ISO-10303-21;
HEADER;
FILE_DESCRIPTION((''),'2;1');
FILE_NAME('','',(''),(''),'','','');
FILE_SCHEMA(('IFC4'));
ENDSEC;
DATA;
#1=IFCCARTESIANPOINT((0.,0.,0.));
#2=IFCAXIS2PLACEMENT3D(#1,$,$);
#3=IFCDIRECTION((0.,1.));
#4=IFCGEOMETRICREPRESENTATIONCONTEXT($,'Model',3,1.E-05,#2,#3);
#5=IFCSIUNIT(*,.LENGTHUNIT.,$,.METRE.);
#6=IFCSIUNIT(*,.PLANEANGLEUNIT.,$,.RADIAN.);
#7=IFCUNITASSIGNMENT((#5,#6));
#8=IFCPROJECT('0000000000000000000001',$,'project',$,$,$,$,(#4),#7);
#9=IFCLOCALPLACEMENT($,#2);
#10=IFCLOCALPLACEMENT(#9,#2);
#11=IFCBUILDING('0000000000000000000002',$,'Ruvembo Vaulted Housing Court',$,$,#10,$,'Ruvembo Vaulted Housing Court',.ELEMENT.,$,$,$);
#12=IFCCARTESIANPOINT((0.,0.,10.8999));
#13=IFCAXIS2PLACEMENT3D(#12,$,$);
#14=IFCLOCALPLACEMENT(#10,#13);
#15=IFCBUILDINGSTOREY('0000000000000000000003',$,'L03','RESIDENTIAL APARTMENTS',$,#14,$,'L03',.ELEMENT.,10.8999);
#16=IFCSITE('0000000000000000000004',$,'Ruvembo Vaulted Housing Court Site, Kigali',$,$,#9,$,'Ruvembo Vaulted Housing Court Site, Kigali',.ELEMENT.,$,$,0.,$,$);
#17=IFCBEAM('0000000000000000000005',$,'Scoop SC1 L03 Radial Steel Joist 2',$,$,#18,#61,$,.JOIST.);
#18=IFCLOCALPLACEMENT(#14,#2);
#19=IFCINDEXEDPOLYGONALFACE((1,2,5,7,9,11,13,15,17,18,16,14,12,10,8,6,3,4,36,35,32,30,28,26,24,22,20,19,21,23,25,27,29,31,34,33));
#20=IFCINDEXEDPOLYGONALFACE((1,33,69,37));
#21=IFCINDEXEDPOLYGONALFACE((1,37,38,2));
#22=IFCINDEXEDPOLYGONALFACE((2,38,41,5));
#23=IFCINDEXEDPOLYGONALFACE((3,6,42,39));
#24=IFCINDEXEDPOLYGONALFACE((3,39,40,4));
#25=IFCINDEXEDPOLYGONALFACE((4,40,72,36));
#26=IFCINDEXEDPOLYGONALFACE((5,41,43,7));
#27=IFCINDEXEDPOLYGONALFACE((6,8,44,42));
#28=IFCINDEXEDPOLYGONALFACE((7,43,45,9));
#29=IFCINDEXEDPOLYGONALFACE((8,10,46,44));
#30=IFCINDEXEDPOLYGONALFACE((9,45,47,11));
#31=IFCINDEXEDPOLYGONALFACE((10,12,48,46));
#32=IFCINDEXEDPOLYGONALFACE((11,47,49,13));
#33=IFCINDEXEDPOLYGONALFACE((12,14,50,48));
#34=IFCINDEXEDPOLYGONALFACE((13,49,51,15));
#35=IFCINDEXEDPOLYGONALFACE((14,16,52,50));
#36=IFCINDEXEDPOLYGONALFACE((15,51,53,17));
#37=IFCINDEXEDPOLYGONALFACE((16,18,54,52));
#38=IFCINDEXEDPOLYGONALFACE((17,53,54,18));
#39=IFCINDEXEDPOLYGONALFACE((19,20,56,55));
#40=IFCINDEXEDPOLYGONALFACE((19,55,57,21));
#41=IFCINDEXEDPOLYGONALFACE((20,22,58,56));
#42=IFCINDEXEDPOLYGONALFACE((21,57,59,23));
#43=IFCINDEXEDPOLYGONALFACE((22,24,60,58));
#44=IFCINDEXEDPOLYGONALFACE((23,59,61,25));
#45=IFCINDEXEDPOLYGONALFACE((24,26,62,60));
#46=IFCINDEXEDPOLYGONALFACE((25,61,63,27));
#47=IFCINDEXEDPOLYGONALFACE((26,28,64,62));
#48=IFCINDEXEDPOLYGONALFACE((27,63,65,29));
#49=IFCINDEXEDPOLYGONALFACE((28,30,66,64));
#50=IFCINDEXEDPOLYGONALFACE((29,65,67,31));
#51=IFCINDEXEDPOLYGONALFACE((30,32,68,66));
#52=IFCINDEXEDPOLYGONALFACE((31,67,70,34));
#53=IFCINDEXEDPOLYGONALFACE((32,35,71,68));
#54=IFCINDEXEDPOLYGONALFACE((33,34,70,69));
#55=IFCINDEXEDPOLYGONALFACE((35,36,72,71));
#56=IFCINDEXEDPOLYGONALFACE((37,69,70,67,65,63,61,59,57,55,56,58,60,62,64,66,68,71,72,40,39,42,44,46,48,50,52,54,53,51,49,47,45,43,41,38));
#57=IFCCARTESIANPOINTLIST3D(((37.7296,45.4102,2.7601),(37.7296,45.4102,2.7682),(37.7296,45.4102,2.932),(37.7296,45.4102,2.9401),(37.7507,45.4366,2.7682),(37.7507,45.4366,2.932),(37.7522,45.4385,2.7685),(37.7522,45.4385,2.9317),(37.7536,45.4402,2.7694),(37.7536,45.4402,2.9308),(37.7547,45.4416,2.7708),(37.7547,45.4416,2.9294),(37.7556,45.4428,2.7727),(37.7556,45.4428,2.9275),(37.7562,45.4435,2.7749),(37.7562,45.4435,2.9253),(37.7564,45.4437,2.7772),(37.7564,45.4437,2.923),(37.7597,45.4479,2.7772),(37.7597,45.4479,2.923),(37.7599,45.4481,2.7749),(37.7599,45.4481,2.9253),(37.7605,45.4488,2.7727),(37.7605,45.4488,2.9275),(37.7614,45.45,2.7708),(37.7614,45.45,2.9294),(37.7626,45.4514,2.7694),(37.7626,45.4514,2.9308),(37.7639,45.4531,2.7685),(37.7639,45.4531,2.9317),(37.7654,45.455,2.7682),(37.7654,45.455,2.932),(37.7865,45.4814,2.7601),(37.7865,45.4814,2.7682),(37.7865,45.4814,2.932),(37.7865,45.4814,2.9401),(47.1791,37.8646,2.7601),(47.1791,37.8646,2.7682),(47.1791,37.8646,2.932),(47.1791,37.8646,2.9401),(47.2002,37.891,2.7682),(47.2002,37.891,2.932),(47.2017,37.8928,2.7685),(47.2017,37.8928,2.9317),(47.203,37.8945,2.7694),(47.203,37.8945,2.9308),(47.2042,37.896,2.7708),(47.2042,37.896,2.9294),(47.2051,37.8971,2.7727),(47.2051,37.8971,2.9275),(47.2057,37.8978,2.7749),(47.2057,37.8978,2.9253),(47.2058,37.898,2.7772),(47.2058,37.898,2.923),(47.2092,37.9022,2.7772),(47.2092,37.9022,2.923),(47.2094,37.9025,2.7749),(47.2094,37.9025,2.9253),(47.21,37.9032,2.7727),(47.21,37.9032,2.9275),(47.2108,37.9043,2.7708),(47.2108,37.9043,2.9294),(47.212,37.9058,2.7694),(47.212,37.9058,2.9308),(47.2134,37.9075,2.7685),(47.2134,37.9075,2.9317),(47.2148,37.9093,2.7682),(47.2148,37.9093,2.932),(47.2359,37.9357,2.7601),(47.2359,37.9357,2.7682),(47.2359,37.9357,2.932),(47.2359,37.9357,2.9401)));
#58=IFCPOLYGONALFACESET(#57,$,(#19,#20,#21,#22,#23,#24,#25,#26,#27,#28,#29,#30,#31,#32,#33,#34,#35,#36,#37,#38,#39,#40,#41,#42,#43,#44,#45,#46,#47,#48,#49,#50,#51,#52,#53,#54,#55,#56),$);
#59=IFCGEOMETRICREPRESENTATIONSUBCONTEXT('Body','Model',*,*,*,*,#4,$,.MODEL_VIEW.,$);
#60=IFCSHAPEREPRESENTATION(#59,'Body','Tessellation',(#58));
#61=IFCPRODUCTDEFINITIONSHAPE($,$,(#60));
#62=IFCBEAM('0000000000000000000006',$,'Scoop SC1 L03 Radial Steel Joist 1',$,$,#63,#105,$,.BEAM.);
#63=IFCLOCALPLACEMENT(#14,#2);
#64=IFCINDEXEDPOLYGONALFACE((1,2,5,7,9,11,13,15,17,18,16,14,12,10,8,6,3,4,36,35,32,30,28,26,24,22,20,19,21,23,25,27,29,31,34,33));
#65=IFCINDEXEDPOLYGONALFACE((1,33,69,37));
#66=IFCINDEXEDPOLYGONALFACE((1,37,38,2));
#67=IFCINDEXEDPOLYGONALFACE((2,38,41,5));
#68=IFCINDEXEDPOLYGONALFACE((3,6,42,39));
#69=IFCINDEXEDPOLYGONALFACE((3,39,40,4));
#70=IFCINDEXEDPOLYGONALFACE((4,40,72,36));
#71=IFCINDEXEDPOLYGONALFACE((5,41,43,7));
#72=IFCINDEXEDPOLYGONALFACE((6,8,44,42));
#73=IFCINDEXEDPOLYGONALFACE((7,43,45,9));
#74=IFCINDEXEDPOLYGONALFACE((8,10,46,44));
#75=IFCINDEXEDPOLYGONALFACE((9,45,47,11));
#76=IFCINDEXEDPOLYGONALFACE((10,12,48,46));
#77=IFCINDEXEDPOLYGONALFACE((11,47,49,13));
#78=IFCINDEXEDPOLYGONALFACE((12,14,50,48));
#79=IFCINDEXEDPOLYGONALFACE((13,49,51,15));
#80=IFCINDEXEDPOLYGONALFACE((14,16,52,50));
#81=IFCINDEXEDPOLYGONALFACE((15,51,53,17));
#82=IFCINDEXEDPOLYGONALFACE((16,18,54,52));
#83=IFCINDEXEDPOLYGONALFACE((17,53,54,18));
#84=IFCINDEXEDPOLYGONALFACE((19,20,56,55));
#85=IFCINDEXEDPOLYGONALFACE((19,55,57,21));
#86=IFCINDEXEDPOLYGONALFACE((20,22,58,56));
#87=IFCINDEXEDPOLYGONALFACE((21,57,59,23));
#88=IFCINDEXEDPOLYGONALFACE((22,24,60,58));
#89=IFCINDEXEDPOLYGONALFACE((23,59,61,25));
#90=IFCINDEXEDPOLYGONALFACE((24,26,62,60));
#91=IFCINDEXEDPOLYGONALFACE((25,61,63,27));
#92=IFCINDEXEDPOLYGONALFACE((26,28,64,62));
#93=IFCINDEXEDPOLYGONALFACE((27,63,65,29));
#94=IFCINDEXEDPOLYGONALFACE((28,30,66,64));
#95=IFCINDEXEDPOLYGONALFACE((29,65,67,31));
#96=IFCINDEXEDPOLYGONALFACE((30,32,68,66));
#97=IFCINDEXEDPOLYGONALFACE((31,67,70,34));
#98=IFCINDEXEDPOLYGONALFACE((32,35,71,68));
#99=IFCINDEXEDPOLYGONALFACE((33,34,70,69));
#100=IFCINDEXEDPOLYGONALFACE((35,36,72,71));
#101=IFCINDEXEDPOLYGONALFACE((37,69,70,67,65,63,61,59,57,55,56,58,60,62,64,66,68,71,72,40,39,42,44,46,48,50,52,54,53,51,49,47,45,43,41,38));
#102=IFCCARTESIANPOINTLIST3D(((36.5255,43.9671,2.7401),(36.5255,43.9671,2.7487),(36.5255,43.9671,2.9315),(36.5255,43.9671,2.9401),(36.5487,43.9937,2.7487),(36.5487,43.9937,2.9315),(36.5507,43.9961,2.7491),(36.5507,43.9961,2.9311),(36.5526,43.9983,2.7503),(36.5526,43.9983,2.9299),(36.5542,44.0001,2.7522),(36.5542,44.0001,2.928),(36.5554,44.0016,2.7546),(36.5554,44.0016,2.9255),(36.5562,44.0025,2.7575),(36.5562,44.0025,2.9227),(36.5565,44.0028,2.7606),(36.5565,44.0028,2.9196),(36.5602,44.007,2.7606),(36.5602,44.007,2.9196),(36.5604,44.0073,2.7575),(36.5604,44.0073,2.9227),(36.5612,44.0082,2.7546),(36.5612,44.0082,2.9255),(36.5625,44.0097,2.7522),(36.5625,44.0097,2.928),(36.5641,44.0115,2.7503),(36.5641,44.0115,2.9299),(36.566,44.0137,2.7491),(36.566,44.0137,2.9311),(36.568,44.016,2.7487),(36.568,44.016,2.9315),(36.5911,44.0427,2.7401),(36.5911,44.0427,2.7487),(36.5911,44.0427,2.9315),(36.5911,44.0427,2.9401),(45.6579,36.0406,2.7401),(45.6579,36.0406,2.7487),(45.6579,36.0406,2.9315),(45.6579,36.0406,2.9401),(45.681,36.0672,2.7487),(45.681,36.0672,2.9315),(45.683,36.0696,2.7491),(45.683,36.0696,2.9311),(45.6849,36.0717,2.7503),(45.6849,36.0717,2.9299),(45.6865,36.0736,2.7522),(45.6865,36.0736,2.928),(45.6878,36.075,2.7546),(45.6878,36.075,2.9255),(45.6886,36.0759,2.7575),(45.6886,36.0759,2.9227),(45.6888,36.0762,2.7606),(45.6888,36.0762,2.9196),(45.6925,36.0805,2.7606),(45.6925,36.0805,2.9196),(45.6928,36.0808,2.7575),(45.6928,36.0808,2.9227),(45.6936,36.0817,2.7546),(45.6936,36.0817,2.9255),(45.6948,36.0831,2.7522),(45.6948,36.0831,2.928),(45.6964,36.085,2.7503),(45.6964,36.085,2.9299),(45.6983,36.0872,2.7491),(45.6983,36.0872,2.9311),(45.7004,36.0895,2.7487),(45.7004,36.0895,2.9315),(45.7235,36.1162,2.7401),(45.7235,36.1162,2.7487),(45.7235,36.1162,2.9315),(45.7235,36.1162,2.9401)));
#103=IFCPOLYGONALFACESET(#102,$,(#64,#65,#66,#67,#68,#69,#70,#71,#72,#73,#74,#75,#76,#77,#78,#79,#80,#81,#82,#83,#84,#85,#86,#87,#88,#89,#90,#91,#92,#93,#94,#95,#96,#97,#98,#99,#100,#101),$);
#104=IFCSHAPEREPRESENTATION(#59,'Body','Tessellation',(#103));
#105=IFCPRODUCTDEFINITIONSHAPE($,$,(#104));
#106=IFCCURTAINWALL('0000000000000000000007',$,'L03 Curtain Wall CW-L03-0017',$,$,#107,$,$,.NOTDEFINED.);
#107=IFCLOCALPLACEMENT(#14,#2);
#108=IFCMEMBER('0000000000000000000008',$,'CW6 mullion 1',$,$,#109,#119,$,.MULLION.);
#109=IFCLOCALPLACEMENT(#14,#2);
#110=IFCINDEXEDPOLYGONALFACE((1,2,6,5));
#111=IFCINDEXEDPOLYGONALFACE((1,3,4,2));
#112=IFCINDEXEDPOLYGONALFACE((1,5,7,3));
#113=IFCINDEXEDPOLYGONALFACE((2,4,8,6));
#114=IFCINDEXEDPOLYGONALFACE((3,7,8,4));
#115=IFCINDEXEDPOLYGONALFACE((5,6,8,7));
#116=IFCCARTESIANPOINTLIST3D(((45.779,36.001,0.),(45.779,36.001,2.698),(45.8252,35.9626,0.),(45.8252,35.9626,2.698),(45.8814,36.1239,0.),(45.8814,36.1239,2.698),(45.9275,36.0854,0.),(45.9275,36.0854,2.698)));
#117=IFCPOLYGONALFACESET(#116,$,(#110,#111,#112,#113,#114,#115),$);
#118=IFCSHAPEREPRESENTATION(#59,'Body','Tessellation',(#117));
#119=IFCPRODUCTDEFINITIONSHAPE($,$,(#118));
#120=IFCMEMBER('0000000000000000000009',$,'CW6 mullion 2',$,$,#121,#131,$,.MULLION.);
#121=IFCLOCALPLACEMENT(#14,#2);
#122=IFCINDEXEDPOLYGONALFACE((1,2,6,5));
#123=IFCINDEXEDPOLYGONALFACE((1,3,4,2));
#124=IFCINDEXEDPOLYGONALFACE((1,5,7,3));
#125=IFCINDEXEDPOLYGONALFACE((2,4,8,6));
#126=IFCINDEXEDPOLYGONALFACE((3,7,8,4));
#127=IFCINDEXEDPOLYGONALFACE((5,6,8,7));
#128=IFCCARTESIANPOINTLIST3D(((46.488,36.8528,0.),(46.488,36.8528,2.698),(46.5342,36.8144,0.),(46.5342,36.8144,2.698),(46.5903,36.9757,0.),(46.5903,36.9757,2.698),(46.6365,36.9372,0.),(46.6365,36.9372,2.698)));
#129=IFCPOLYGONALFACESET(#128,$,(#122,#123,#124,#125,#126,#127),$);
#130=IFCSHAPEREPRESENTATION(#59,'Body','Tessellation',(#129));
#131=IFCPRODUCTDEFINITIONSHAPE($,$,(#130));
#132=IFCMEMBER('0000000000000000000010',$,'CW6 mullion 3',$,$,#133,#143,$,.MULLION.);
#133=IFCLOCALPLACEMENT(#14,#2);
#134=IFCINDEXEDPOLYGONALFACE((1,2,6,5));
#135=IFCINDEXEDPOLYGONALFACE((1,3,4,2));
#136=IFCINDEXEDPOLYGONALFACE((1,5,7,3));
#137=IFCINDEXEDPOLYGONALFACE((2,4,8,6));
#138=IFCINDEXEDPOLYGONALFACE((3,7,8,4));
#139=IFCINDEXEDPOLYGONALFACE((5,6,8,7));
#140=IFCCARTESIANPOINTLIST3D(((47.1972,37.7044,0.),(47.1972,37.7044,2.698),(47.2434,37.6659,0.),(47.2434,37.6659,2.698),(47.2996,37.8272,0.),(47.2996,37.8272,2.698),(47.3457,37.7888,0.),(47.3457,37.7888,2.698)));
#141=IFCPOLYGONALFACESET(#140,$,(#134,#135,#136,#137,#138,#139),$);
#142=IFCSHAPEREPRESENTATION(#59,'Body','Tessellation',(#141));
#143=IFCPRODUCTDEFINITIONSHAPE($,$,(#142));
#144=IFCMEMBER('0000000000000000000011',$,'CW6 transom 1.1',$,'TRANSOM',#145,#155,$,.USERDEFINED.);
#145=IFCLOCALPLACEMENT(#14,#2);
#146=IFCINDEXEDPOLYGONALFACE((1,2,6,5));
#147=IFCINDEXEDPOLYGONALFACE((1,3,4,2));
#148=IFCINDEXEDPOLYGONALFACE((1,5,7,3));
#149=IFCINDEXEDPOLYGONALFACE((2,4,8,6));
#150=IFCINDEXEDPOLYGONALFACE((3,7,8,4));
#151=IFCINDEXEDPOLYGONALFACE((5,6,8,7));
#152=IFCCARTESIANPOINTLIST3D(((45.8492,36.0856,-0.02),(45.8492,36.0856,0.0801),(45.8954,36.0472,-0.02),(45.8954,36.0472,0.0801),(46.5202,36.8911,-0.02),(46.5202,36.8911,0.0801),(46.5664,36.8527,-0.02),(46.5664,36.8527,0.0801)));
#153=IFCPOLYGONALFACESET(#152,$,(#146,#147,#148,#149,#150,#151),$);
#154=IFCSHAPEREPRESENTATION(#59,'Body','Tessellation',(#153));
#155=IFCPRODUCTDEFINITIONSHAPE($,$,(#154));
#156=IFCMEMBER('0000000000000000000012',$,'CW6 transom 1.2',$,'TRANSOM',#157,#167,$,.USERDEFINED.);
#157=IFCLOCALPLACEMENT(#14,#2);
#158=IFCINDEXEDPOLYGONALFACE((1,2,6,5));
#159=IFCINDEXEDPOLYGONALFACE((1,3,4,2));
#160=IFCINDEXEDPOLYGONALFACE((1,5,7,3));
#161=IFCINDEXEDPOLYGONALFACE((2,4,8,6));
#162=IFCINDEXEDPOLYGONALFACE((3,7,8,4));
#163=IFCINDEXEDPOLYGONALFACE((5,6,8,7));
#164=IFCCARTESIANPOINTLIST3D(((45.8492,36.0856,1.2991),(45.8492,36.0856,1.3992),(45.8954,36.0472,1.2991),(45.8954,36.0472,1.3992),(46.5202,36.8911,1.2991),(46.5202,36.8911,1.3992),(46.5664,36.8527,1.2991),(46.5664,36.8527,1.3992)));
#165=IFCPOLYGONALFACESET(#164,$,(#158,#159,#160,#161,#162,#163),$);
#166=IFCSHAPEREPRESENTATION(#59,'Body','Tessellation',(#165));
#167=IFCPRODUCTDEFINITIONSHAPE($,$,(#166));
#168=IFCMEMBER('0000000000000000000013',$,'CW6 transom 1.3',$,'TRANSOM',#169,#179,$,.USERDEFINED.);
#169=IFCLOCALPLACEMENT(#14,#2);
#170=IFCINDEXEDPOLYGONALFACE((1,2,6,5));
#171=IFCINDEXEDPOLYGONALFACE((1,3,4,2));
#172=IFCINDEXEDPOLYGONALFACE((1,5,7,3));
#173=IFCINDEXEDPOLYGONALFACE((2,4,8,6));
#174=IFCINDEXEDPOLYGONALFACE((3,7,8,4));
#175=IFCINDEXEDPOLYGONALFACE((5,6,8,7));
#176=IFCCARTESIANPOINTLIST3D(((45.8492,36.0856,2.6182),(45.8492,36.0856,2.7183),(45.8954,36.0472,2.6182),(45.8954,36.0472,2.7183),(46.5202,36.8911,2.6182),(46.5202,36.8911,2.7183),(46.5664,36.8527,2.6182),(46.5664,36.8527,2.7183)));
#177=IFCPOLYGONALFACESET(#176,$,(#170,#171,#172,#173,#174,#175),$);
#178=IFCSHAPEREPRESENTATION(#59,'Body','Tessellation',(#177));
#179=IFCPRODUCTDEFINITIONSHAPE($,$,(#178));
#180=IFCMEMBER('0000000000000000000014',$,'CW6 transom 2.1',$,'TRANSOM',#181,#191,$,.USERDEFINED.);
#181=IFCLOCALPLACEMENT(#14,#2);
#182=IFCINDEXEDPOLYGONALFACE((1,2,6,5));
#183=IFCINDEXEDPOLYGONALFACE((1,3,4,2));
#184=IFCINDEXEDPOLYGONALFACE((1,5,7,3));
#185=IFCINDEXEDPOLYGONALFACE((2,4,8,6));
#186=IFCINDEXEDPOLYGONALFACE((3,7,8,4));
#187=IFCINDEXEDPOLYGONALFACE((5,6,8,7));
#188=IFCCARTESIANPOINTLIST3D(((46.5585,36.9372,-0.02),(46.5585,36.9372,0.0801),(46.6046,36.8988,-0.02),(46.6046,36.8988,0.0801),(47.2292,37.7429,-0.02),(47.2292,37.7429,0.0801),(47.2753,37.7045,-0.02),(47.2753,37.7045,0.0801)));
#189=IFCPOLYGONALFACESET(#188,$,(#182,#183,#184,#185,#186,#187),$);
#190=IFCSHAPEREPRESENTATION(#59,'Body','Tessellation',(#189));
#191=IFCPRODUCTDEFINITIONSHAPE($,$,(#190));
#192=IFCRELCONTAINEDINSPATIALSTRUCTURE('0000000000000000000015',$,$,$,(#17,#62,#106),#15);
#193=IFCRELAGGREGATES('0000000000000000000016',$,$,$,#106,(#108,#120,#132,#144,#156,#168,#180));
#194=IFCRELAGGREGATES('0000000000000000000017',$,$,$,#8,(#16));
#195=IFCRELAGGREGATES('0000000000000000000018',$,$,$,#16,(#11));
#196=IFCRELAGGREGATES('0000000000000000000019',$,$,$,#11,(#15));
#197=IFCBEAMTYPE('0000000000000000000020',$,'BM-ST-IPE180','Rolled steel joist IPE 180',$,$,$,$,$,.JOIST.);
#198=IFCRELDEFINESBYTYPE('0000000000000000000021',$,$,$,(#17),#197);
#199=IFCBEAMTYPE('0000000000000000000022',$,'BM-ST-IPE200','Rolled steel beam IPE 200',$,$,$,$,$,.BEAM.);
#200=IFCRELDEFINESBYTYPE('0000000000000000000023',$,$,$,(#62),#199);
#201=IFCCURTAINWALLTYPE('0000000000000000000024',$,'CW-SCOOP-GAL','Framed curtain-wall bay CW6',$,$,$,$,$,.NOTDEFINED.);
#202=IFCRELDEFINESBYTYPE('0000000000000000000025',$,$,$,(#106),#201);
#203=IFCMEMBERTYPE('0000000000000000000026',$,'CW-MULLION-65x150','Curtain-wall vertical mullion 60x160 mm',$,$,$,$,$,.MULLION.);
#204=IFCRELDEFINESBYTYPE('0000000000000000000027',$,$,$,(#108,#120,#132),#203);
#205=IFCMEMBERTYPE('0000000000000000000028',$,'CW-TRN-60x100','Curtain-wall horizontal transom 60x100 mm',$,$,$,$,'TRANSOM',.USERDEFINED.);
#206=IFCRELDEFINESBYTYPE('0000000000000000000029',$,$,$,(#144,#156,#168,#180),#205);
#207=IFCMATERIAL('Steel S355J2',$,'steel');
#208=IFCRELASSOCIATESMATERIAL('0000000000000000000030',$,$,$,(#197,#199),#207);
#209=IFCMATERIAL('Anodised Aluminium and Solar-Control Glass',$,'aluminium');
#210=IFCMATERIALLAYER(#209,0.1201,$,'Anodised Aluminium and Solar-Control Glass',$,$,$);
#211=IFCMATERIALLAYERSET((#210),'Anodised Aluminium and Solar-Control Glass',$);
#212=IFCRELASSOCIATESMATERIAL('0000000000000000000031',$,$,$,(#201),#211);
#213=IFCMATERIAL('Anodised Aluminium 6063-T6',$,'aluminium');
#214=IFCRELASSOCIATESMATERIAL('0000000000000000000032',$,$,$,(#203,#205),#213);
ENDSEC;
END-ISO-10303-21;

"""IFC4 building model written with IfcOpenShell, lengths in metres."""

from ifc_helpers import new_model, si_unit, direction, frame, origin, origin_2d, place, context, subcontext, project, spatial, rectangle, i_section, extrude, material, layer, layer_set, material_profile, profile_set, type_object, element, aggregate, save


model = new_model("IFC4")

# Units and contexts
model_context = context("Model", 3, precision=1e-05, world=origin(), true_north=direction((0.0, 1.0)))
body_context = subcontext(model_context, "Body", "Model", "MODEL_VIEW")
ifc_project = project(units=[si_unit("LENGTHUNIT", "METRE"), si_unit("PLANEANGLEUNIT", "RADIAN")], contexts=[model_context])

# Site, building, storey
site_placement = place(None, origin())
site = spatial("IfcSite", under=ifc_project, at=site_placement, Name="Ruvembo Vaulted Housing Court Site, Kigali", LongName="Ruvembo Vaulted Housing Court Site, Kigali", CompositionType="ELEMENT", RefElevation=0.0)
building_placement = place(site_placement, origin())
building = spatial("IfcBuilding", under=site, at=building_placement, Name="Ruvembo Vaulted Housing Court", LongName="Ruvembo Vaulted Housing Court", CompositionType="ELEMENT")
storey_placement = place(building_placement, frame((0.0, 0.0, 10.8999)))
storey = spatial("IfcBuildingStorey", under=building, at=storey_placement, Name="L03", Description="RESIDENTIAL APARTMENTS", LongName="L03", CompositionType="ELEMENT", Elevation=10.8999)

# Beams
ifc_material_1 = material(Name="Steel S355J2", Category="steel")
ifc_material_profile_1 = material_profile(ifc_material_1, i_section(OverallWidth=0.0911, OverallDepth=0.1799, WebThickness=0.0054, FlangeThickness=0.0081, FilletRadius=0.009, at=origin_2d()), Name="IPE 180")
ifc_profile_set_1 = profile_set([ifc_material_profile_1], Name="Steel S355J2")
beam_type_1 = type_object("IfcBeamType", Name="BM-ST-IPE180", Description="Rolled steel joist IPE 180", PredefinedType="JOIST", material=ifc_profile_set_1)
beam_1_placement = place(storey_placement, frame((47.2075, 37.9001, 2.8501), z_axis=(-0.78143, 0.623993, 0.0), x_axis=(-0.623993, -0.78143, 0.0)))
element("IfcBeam", 1, at=beam_1_placement, inside=storey, type_object=beam_type_1, Name="Scoop SC1 L03 Radial Steel Joist 2", PredefinedType="JOIST", context=body_context, shape_type="SweptSolid", body=[
    extrude(i_section(OverallWidth=0.0911, OverallDepth=0.1799, WebThickness=0.0054, FlangeThickness=0.0081, FilletRadius=0.009, at=origin_2d()), origin(), (0.0, 0.0, 1.0), 12.0925),
])
ifc_material_profile_2 = material_profile(ifc_material_1, i_section(OverallWidth=0.1001, OverallDepth=0.2, WebThickness=0.0056, FlangeThickness=0.0085, FilletRadius=0.012, at=origin_2d()), Name="IPE 200")
ifc_profile_set_2 = profile_set([ifc_material_profile_2], Name="Steel S355J2")
beam_type_2 = type_object("IfcBeamType", Name="BM-ST-IPE200", Description="Rolled steel beam IPE 200", PredefinedType="BEAM", material=ifc_profile_set_2)
beam_2_placement = place(storey_placement, frame((45.6907, 36.0784, 2.8401), z_axis=(-0.755205, 0.655489, 0.0), x_axis=(-0.655489, -0.755205, 0.0)))
element("IfcBeam", 2, at=beam_2_placement, inside=storey, type_object=beam_type_2, Name="Scoop SC1 L03 Radial Steel Joist 1", PredefinedType="BEAM", context=body_context, shape_type="SweptSolid", body=[
    extrude(i_section(OverallWidth=0.1001, OverallDepth=0.2, WebThickness=0.0056, FlangeThickness=0.0085, FilletRadius=0.012, at=origin_2d()), origin(), (0.0, 0.0, 1.0), 12.0925),
])

# Curtain wall, members
ifc_material_2 = material(Name="Anodised Aluminium and Solar-Control Glass", Category="aluminium")
ifc_layer_1 = layer(ifc_material_2, 0.1201, Name="Anodised Aluminium and Solar-Control Glass")
ifc_layer_set_1 = layer_set([ifc_layer_1], Name="Anodised Aluminium and Solar-Control Glass")
curtain_wall_type = type_object("IfcCurtainWallType", Name="CW-SCOOP-GAL", Description="Framed curtain-wall bay CW6", PredefinedType="NOTDEFINED", material=ifc_layer_set_1)
curtain_wall_placement = place(storey_placement, origin())
curtain_wall = element("IfcCurtainWall", 3, at=curtain_wall_placement, inside=storey, type_object=curtain_wall_type, Name="L03 Curtain Wall CW-L03-0017", PredefinedType="NOTDEFINED")
ifc_material_3 = material(Name="Anodised Aluminium 6063-T6", Category="aluminium")
ifc_material_profile_3 = material_profile(ifc_material_3, rectangle(XDim=0.0601, YDim=0.1599, at=origin_2d()), Name="ALU 60x160")
ifc_profile_set_3 = profile_set([ifc_material_profile_3], Name="Anodised Aluminium 6063-T6")
member_type_1 = type_object("IfcMemberType", Name="CW-MULLION-65x150", Description="Curtain-wall vertical mullion 60x160 mm", PredefinedType="MULLION", material=ifc_profile_set_3)
member_1_placement = place(storey_placement, frame((45.8533, 36.0432, 0.0), z_axis=(0.0, 0.0, 1.0), x_axis=(-0.768484, 0.639869, 0.0)))
member_1 = element("IfcMember", 4, at=member_1_placement, type_object=member_type_1, Name="CW6 mullion 1", PredefinedType="MULLION", context=body_context, shape_type="SweptSolid", body=[
    extrude(rectangle(XDim=0.0601, YDim=0.1599, at=origin_2d()), origin(), (0.0, 0.0, 1.0), 2.698),
])
member_2_placement = place(storey_placement, frame((46.5623, 36.895, 0.0), z_axis=(0.0, 0.0, 1.0), x_axis=(-0.768484, 0.639869, 0.0)))
member_2 = element("IfcMember", 5, at=member_2_placement, type_object=member_type_1, Name="CW6 mullion 2", PredefinedType="MULLION", context=body_context, shape_type="SweptSolid", body=[
    extrude(rectangle(XDim=0.0601, YDim=0.1599, at=origin_2d()), origin(), (0.0, 0.0, 1.0), 2.698),
])
member_3_placement = place(storey_placement, frame((47.2715, 37.7466, 0.0), z_axis=(0.0, 0.0, 1.0), x_axis=(-0.768484, 0.639869, 0.0)))
member_3 = element("IfcMember", 6, at=member_3_placement, type_object=member_type_1, Name="CW6 mullion 3", PredefinedType="MULLION", context=body_context, shape_type="SweptSolid", body=[
    extrude(rectangle(XDim=0.0601, YDim=0.1599, at=origin_2d()), origin(), (0.0, 0.0, 1.0), 2.698),
])
ifc_material_profile_4 = material_profile(ifc_material_3, rectangle(XDim=0.0601, YDim=0.1001, at=origin_2d()), Name="ALU 60x100")
ifc_profile_set_4 = profile_set([ifc_material_profile_4], Name="Anodised Aluminium 6063-T6")
member_type_2 = type_object("IfcMemberType", Name="CW-TRN-60x100", Description="Curtain-wall horizontal transom 60x100 mm", ElementType="TRANSOM", PredefinedType="USERDEFINED", material=ifc_profile_set_4)
member_4_placement = place(storey_placement, frame((45.8723, 36.0664, 0.03), z_axis=(0.640024, 0.768355, 0.0), x_axis=(-0.768355, 0.640024, 0.0)))
member_4 = element("IfcMember", 7, at=member_4_placement, type_object=member_type_2, Name="CW6 transom 1.1", ObjectType="TRANSOM", PredefinedType="USERDEFINED", context=body_context, shape_type="SweptSolid", body=[
    extrude(rectangle(XDim=0.0601, YDim=0.1001, at=origin_2d()), origin(), (0.0, 0.0, 1.0), 1.0483),
])
member_5_placement = place(storey_placement, frame((45.8723, 36.0664, 1.3491), z_axis=(0.640024, 0.768355, 0.0), x_axis=(-0.768355, 0.640024, 0.0)))
member_5 = element("IfcMember", 8, at=member_5_placement, type_object=member_type_2, Name="CW6 transom 1.2", ObjectType="TRANSOM", PredefinedType="USERDEFINED", context=body_context, shape_type="SweptSolid", body=[
    extrude(rectangle(XDim=0.0601, YDim=0.1001, at=origin_2d()), origin(), (0.0, 0.0, 1.0), 1.0483),
])
member_6_placement = place(storey_placement, frame((45.8723, 36.0664, 2.6682), z_axis=(0.640024, 0.768355, 0.0), x_axis=(-0.768355, 0.640024, 0.0)))
member_6 = element("IfcMember", 9, at=member_6_placement, type_object=member_type_2, Name="CW6 transom 1.3", ObjectType="TRANSOM", PredefinedType="USERDEFINED", context=body_context, shape_type="SweptSolid", body=[
    extrude(rectangle(XDim=0.0601, YDim=0.1001, at=origin_2d()), origin(), (0.0, 0.0, 1.0), 1.0483),
])
member_7_placement = place(storey_placement, frame((46.5815, 36.918, 0.03), z_axis=(0.639772, 0.768565, 0.0), x_axis=(-0.768565, 0.639772, 0.0)))
member_7 = element("IfcMember", 10, at=member_7_placement, type_object=member_type_2, Name="CW6 transom 2.1", ObjectType="TRANSOM", PredefinedType="USERDEFINED", context=body_context, shape_type="SweptSolid", body=[
    extrude(rectangle(XDim=0.0601, YDim=0.1001, at=origin_2d()), origin(), (0.0, 0.0, 1.0), 1.0483),
])
aggregate(curtain_wall, [member_1, member_2, member_3, member_4, member_5, member_6, member_7])

save(model, "model.ifc")
